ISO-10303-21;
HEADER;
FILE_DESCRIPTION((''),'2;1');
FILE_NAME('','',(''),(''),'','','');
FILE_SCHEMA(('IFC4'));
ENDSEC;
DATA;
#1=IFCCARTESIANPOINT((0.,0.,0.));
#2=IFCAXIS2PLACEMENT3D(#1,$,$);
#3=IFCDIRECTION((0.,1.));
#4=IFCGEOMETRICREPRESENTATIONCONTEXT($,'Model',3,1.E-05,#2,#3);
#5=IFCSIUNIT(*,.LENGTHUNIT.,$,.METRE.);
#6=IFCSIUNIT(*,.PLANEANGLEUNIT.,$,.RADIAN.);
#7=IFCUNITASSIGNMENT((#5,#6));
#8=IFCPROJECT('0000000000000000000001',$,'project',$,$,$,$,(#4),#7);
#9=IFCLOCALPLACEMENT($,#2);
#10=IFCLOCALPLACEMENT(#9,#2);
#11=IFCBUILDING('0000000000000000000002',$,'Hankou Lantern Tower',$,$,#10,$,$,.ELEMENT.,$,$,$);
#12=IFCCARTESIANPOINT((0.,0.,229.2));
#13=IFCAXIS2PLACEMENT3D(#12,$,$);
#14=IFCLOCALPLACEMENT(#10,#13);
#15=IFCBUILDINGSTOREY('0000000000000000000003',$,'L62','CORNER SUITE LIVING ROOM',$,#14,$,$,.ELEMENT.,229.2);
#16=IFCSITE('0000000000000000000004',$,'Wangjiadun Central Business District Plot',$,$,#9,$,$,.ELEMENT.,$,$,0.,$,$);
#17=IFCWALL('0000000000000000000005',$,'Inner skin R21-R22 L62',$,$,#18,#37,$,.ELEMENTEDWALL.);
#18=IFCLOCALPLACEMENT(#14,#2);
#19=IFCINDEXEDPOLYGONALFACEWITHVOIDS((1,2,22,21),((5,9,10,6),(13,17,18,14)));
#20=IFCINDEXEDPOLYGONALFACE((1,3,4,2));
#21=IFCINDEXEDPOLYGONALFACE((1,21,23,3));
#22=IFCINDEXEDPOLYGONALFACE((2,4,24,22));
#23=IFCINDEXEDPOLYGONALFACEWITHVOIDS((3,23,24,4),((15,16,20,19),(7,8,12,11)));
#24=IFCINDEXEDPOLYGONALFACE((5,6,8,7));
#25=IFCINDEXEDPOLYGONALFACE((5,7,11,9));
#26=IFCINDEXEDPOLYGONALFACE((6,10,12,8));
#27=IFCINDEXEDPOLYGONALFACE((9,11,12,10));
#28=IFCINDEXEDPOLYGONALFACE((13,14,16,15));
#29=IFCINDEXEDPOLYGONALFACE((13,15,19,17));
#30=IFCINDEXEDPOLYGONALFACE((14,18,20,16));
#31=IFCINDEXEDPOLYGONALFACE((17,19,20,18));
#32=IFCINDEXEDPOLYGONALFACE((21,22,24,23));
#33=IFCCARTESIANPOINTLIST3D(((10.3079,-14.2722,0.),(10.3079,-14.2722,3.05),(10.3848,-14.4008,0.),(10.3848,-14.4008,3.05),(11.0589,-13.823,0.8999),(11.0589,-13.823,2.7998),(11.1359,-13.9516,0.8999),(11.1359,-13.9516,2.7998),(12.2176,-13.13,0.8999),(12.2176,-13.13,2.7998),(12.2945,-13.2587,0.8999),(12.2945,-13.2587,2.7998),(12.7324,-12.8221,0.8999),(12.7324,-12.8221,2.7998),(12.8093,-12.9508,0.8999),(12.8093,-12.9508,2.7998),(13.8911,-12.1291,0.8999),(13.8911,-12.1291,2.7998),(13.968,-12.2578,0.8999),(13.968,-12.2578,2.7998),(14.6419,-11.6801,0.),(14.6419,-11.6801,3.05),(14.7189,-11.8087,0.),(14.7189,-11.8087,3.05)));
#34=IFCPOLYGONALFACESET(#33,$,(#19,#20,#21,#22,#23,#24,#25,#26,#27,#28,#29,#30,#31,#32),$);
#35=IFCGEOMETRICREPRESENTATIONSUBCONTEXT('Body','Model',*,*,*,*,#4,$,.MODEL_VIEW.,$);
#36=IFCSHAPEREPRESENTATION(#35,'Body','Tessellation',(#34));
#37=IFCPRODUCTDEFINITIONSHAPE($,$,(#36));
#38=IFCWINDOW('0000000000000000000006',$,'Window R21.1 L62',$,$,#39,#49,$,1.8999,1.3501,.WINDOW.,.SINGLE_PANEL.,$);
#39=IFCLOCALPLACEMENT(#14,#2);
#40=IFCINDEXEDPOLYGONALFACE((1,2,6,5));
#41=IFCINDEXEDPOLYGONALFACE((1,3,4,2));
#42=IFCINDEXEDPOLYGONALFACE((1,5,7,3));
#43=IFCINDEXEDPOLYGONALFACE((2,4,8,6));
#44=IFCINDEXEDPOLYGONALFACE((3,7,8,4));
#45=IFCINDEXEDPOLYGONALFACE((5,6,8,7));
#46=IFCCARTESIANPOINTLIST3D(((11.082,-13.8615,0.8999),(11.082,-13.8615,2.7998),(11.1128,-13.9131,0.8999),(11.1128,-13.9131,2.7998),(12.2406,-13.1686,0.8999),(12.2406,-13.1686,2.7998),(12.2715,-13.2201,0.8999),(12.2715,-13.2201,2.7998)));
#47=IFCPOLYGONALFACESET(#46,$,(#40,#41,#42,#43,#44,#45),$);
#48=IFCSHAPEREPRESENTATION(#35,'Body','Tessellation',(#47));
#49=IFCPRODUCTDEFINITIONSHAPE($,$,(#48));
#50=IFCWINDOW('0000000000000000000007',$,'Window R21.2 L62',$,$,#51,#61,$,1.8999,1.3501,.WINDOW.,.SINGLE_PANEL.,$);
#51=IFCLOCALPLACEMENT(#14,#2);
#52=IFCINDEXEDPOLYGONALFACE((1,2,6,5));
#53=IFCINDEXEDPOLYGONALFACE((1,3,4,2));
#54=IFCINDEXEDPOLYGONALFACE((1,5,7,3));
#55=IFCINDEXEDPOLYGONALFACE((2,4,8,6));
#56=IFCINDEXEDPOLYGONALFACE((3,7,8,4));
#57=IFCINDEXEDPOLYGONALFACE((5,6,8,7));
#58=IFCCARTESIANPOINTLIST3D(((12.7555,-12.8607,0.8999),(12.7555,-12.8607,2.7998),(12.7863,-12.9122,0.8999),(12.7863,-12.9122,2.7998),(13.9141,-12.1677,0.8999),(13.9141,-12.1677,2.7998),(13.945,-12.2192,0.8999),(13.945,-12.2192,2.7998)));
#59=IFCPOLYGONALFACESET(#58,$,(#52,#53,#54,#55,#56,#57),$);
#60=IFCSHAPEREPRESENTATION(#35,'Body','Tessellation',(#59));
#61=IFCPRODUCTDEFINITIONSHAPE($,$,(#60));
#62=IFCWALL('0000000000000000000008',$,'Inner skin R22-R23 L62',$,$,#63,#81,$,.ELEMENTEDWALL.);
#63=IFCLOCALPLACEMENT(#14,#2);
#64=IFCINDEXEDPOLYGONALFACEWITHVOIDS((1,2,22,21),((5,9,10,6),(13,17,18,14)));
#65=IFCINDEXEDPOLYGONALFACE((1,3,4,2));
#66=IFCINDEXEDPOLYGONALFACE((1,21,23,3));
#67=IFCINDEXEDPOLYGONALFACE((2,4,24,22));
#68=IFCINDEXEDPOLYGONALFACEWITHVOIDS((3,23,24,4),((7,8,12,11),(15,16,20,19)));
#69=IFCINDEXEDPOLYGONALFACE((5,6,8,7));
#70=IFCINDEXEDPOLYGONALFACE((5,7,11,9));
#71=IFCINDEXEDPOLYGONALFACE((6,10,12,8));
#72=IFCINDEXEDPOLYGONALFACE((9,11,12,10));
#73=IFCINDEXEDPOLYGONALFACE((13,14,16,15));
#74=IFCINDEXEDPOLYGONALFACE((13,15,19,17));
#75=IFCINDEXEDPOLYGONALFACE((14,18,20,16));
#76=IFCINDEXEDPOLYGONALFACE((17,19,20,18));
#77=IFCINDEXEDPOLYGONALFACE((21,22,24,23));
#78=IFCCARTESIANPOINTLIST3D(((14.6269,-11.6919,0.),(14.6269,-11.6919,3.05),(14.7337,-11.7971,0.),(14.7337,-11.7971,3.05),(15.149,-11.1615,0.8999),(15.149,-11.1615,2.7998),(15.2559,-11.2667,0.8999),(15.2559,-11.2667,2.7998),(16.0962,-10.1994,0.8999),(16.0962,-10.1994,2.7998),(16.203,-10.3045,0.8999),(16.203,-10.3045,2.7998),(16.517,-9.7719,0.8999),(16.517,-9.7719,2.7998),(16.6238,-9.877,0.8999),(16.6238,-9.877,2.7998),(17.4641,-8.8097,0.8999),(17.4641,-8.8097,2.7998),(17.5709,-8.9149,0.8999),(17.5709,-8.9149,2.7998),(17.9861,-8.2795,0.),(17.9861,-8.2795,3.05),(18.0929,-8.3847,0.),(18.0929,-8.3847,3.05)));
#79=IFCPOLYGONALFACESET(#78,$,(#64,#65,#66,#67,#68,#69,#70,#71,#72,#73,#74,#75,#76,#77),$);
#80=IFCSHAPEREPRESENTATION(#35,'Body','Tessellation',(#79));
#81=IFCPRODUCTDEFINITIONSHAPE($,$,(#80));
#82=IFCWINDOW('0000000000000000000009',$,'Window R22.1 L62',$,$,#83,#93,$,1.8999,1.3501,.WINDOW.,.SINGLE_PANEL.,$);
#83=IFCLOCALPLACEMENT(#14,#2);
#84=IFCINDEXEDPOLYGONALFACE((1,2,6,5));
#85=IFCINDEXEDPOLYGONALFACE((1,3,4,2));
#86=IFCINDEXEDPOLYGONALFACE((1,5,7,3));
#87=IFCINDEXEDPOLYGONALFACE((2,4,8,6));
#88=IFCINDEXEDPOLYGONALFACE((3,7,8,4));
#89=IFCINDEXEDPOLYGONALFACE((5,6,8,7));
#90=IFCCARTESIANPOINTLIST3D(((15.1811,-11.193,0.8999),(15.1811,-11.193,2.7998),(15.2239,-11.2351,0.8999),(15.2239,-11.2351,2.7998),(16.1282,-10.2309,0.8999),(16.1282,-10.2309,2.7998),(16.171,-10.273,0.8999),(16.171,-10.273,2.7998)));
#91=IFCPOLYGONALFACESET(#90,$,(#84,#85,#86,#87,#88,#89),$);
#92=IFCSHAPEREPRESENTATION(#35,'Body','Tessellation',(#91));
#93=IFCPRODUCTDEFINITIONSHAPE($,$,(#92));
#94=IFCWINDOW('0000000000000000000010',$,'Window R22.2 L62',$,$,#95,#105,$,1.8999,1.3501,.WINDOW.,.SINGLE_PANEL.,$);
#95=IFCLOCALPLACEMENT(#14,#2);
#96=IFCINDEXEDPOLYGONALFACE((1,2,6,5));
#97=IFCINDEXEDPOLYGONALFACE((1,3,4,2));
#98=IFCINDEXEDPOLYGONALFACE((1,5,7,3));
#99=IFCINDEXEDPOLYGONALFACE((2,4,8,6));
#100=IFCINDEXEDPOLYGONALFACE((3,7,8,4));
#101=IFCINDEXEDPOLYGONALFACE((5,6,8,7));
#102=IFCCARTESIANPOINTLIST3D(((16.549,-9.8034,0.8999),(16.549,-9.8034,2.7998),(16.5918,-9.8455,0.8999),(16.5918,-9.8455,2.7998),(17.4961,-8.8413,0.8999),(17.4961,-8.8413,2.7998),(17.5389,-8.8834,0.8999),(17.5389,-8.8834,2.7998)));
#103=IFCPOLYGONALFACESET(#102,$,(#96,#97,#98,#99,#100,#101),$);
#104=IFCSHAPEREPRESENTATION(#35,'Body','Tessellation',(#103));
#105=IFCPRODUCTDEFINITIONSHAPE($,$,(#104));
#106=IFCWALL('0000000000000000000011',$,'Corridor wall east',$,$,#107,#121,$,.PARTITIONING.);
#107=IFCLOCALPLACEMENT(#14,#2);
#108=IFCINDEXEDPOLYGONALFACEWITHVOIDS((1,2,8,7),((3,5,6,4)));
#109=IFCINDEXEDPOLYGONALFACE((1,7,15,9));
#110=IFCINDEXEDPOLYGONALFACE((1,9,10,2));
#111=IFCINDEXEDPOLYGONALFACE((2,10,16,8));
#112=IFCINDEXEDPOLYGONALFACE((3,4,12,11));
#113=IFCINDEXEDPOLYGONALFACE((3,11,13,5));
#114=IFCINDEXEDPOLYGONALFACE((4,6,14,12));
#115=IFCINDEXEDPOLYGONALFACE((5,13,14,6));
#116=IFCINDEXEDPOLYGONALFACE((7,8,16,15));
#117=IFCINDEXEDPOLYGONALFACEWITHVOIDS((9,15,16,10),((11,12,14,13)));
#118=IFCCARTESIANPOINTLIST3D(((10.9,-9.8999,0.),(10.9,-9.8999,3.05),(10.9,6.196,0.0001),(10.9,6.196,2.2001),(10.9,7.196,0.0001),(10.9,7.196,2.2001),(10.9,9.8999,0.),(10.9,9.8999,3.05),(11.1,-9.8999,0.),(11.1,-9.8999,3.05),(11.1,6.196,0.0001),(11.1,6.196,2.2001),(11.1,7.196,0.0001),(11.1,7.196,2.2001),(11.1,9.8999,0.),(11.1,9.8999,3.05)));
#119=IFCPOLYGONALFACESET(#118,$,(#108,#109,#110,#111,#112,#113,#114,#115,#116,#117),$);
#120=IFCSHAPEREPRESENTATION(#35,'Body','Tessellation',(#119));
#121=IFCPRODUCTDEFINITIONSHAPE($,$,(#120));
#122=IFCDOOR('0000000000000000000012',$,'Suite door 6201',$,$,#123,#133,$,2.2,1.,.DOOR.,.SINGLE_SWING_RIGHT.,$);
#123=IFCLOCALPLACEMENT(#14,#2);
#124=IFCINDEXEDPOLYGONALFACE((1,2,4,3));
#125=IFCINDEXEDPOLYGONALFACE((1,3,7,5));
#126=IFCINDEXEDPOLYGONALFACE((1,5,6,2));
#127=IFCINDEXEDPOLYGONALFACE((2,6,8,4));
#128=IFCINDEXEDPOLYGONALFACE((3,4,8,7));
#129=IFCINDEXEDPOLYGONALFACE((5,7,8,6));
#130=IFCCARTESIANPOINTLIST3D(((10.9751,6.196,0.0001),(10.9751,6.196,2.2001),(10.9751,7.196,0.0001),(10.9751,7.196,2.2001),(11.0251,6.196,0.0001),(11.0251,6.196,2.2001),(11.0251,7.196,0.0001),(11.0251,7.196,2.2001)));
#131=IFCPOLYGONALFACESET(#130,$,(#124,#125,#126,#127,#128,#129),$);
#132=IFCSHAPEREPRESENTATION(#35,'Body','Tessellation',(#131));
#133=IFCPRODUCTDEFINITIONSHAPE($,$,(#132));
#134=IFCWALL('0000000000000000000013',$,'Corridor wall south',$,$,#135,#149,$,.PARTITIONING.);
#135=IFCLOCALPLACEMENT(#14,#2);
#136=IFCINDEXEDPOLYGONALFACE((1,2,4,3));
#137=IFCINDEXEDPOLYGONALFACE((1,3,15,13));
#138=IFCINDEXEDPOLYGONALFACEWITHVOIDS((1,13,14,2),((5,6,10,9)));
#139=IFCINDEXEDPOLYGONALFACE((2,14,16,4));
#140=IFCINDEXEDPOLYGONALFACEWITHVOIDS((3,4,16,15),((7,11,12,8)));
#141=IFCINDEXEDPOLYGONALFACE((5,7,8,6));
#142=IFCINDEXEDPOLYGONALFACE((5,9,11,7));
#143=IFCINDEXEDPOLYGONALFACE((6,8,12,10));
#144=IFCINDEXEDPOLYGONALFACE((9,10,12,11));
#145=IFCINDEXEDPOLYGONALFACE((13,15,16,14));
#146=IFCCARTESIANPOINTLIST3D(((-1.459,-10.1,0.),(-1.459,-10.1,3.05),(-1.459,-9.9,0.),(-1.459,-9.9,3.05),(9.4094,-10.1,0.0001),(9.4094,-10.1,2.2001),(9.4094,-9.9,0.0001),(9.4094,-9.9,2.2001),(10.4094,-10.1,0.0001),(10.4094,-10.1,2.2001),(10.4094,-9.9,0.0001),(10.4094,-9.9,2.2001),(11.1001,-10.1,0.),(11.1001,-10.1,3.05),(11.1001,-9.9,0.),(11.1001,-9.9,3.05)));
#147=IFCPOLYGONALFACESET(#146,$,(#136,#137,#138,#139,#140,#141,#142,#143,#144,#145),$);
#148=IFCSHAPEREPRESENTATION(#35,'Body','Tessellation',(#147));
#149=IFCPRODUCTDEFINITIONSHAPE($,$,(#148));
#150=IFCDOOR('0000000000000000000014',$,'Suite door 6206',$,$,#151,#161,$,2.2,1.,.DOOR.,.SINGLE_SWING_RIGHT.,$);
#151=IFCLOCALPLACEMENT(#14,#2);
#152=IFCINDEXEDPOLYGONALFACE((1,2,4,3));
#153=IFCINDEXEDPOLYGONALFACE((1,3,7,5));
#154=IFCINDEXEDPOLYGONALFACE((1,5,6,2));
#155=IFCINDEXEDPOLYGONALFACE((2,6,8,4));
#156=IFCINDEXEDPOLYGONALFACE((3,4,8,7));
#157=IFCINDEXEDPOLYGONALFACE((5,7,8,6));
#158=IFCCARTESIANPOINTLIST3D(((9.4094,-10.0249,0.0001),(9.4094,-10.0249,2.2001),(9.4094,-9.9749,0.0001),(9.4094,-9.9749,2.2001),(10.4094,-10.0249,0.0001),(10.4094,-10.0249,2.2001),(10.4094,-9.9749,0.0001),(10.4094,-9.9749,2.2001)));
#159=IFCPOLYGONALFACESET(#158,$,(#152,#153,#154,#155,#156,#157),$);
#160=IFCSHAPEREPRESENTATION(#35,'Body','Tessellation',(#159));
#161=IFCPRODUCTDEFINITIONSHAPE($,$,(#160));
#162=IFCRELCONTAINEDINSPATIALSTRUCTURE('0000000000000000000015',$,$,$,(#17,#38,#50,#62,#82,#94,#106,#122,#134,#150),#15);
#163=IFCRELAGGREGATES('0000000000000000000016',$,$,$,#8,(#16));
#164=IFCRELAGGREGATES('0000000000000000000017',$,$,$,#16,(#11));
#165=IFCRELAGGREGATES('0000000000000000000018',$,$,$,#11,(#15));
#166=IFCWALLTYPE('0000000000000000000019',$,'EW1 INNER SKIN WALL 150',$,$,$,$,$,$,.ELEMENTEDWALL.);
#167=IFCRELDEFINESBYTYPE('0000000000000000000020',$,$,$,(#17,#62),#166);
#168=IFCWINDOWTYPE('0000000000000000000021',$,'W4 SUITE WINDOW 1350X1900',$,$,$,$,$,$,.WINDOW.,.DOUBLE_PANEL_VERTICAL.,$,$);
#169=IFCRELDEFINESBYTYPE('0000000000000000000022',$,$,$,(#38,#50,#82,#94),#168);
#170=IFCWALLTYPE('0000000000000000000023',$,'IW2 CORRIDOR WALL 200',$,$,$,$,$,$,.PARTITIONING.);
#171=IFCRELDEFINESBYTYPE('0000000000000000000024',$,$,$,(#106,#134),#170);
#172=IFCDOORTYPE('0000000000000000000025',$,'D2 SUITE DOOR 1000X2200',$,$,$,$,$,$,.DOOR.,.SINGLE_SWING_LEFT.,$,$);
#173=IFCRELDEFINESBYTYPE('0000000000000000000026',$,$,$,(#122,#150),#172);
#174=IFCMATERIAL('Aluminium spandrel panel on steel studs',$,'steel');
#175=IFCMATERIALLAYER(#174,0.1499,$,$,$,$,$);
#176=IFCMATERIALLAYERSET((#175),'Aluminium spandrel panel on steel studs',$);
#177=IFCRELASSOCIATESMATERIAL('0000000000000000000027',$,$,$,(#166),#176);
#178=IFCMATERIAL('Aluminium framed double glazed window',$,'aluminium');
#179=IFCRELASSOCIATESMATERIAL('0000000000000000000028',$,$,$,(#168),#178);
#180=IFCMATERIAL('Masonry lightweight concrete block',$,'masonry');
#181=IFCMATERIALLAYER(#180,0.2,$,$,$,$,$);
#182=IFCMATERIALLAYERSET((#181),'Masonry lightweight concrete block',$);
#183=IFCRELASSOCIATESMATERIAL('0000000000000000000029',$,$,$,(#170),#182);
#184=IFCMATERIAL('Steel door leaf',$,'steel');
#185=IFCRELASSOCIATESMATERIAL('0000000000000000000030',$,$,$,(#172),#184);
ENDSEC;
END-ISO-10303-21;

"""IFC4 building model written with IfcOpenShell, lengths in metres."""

from ifc_helpers import new_model, si_unit, direction, frame, frame_2d, origin, place, context, subcontext, project, spatial, rectangle, extrude, material, layer, layer_set, type_object, element, fill, save


model = new_model("IFC4")

# Units and contexts
model_context = context("Model", 3, precision=1e-05, world=origin(), true_north=direction((0.0, 1.0)))
body_context = subcontext(model_context, "Body", "Model", "MODEL_VIEW")
ifc_project = project(units=[si_unit("LENGTHUNIT", "METRE"), si_unit("PLANEANGLEUNIT", "RADIAN")], contexts=[model_context])

# Site, building, storey
site_placement = place(None, origin())
site = spatial("IfcSite", under=ifc_project, at=site_placement, Name="Wangjiadun Central Business District Plot", CompositionType="ELEMENT", RefElevation=0.0)
building_placement = place(site_placement, origin())
building = spatial("IfcBuilding", under=site, at=building_placement, Name="Hankou Lantern Tower", CompositionType="ELEMENT")
storey_placement = place(building_placement, frame((0.0, 0.0, 229.2)))
storey = spatial("IfcBuildingStorey", under=building, at=storey_placement, Name="L62", Description="CORNER SUITE LIVING ROOM", CompositionType="ELEMENT", Elevation=229.2)

# Walls, openings, windows
ifc_material_1 = material(Name="Aluminium spandrel panel on steel studs", Category="steel")
ifc_layer_1 = layer(ifc_material_1, 0.1499)
ifc_layer_set_1 = layer_set([ifc_layer_1], Name="Aluminium spandrel panel on steel studs")
wall_type_1 = type_object("IfcWallType", Name="EW1 INNER SKIN WALL 150", PredefinedType="ELEMENTEDWALL", material=ifc_layer_set_1)
wall_1_placement = place(storey_placement, frame((10.3464, -14.3364, 0.0), z_axis=(0.0, 0.0, 1.0), x_axis=(0.858222, 0.51328, 0.0)))
wall_1 = element("IfcWall", 1, at=wall_1_placement, inside=storey, type_object=wall_type_1, Name="Inner skin R21-R22 L62", PredefinedType="ELEMENTEDWALL", context=body_context, shape_type="SweptSolid", body=[
    extrude(rectangle(XDim=5.05, YDim=0.1499, at=frame_2d((2.5249, 0.0))), origin(), (0.0, 0.0, 1.0), 3.05),
])
opening_1_placement = place(wall_1_placement, frame((0.875, 0.0, 0.8999)))
opening_1 = element("IfcOpeningElement", 2, at=opening_1_placement, cuts=wall_1, PredefinedType="OPENING", context=body_context, shape_type="SweptSolid", body=[
    extrude(rectangle(XDim=1.3501, YDim=1.8999, at=frame_2d((0.675, 0.95))), frame((0.0, 0.085, 0.0), z_axis=(0.0, -1.0, 0.0), x_axis=(1.0, 0.0, 0.0)), (0.0, 0.0, 1.0), 0.1699),
])
opening_2_placement = place(wall_1_placement, frame((2.825, 0.0, 0.8999)))
opening_2 = element("IfcOpeningElement", 3, at=opening_2_placement, cuts=wall_1, PredefinedType="OPENING", context=body_context, shape_type="SweptSolid", body=[
    extrude(rectangle(XDim=1.3501, YDim=1.8999, at=frame_2d((0.675, 0.95))), frame((0.0, 0.085, 0.0), z_axis=(0.0, -1.0, 0.0), x_axis=(1.0, 0.0, 0.0)), (0.0, 0.0, 1.0), 0.1699),
])
ifc_material_2 = material(Name="Aluminium framed double glazed window", Category="aluminium")
window_type = type_object("IfcWindowType", Name="W4 SUITE WINDOW 1350X1900", PartitioningType="DOUBLE_PANEL_VERTICAL", PredefinedType="WINDOW", material=ifc_material_2)
window_1_placement = place(opening_1_placement, origin())
window_1 = element("IfcWindow", 4, at=window_1_placement, inside=storey, type_object=window_type, Name="Window R21.1 L62", OverallHeight=1.8999, OverallWidth=1.3501, PartitioningType="SINGLE_PANEL", PredefinedType="WINDOW", context=body_context, shape_type="SweptSolid", body=[
    extrude(rectangle(XDim=1.3501, YDim=1.8999, at=frame_2d((0.675, 0.95))), frame((0.0, 0.03, 0.0), z_axis=(0.0, -1.0, 0.0), x_axis=(1.0, 0.0, 0.0)), (0.0, 0.0, 1.0), 0.0601),
])
fill(opening_1, window_1)
window_2_placement = place(opening_2_placement, origin())
window_2 = element("IfcWindow", 5, at=window_2_placement, inside=storey, type_object=window_type, Name="Window R21.2 L62", OverallHeight=1.8999, OverallWidth=1.3501, PartitioningType="SINGLE_PANEL", PredefinedType="WINDOW", context=body_context, shape_type="SweptSolid", body=[
    extrude(rectangle(XDim=1.3501, YDim=1.8999, at=frame_2d((0.675, 0.95))), frame((0.0, 0.03, 0.0), z_axis=(0.0, -1.0, 0.0), x_axis=(1.0, 0.0, 0.0)), (0.0, 0.0, 1.0), 0.0601),
])
fill(opening_2, window_2)
wall_2_placement = place(storey_placement, frame((14.6804, -11.7444, 0.0), z_axis=(0.0, 0.0, 1.0), x_axis=(0.701527, 0.712643, 0.0)))
wall_2 = element("IfcWall", 6, at=wall_2_placement, inside=storey, type_object=wall_type_1, Name="Inner skin R22-R23 L62", PredefinedType="ELEMENTEDWALL", context=body_context, shape_type="SweptSolid", body=[
    extrude(rectangle(XDim=4.7883, YDim=0.1499, at=frame_2d((2.394, 0.0))), origin(), (0.0, 0.0, 1.0), 3.05),
])
opening_3_placement = place(wall_2_placement, frame((0.7441, 0.0, 0.8999)))
opening_3 = element("IfcOpeningElement", 7, at=opening_3_placement, cuts=wall_2, PredefinedType="OPENING", context=body_context, shape_type="SweptSolid", body=[
    extrude(rectangle(XDim=1.3501, YDim=1.8999, at=frame_2d((0.675, 0.95))), frame((0.0, 0.085, 0.0), z_axis=(0.0, -1.0, 0.0), x_axis=(1.0, 0.0, 0.0)), (0.0, 0.0, 1.0), 0.1699),
])
opening_4_placement = place(wall_2_placement, frame((2.6941, 0.0, 0.8999)))
opening_4 = element("IfcOpeningElement", 8, at=opening_4_placement, cuts=wall_2, PredefinedType="OPENING", context=body_context, shape_type="SweptSolid", body=[
    extrude(rectangle(XDim=1.3501, YDim=1.8999, at=frame_2d((0.675, 0.95))), frame((0.0, 0.085, 0.0), z_axis=(0.0, -1.0, 0.0), x_axis=(1.0, 0.0, 0.0)), (0.0, 0.0, 1.0), 0.1699),
])
window_3_placement = place(opening_3_placement, origin())
window_3 = element("IfcWindow", 9, at=window_3_placement, inside=storey, type_object=window_type, Name="Window R22.1 L62", OverallHeight=1.8999, OverallWidth=1.3501, PartitioningType="SINGLE_PANEL", PredefinedType="WINDOW", context=body_context, shape_type="SweptSolid", body=[
    extrude(rectangle(XDim=1.3501, YDim=1.8999, at=frame_2d((0.675, 0.95))), frame((0.0, 0.03, 0.0), z_axis=(0.0, -1.0, 0.0), x_axis=(1.0, 0.0, 0.0)), (0.0, 0.0, 1.0), 0.0601),
])
fill(opening_3, window_3)
window_4_placement = place(opening_4_placement, origin())
window_4 = element("IfcWindow", 10, at=window_4_placement, inside=storey, type_object=window_type, Name="Window R22.2 L62", OverallHeight=1.8999, OverallWidth=1.3501, PartitioningType="SINGLE_PANEL", PredefinedType="WINDOW", context=body_context, shape_type="SweptSolid", body=[
    extrude(rectangle(XDim=1.3501, YDim=1.8999, at=frame_2d((0.675, 0.95))), frame((0.0, 0.03, 0.0), z_axis=(0.0, -1.0, 0.0), x_axis=(1.0, 0.0, 0.0)), (0.0, 0.0, 1.0), 0.0601),
])
fill(opening_4, window_4)

# Walls, openings, doors
ifc_material_3 = material(Name="Masonry lightweight concrete block", Category="masonry")
ifc_layer_2 = layer(ifc_material_3, 0.2)
ifc_layer_set_2 = layer_set([ifc_layer_2], Name="Masonry lightweight concrete block")
wall_type_2 = type_object("IfcWallType", Name="IW2 CORRIDOR WALL 200", PredefinedType="PARTITIONING", material=ifc_layer_set_2)
wall_3_placement = place(storey_placement, frame((11.0, -9.8999, 0.0), z_axis=(0.0, 0.0, 1.0), x_axis=(0.0, 1.0, 0.0)))
wall_3 = element("IfcWall", 11, at=wall_3_placement, inside=storey, type_object=wall_type_2, Name="Corridor wall east", PredefinedType="PARTITIONING", context=body_context, shape_type="SweptSolid", body=[
    extrude(rectangle(XDim=19.7998, YDim=0.2, at=frame_2d((9.8999, 0.0))), origin(), (0.0, 0.0, 1.0), 3.05),
])
opening_5_placement = place(wall_3_placement, frame((16.0959, 0.0, 0.0)))
opening_5 = element("IfcOpeningElement", 12, at=opening_5_placement, cuts=wall_3, PredefinedType="OPENING", context=body_context, shape_type="SweptSolid", body=[
    extrude(rectangle(XDim=1.0, YDim=2.2, at=frame_2d((0.5, 1.1001))), frame((0.0, 0.1099, 0.0), z_axis=(0.0, -1.0, 0.0), x_axis=(1.0, 0.0, 0.0)), (0.0, 0.0, 1.0), 0.22),
])
ifc_material_4 = material(Name="Steel door leaf", Category="steel")
door_type_1 = type_object("IfcDoorType", Name="D2 SUITE DOOR 1000X2200", OperationType="SINGLE_SWING_LEFT", PredefinedType="DOOR", material=ifc_material_4)
door_1_placement = place(opening_5_placement, origin())
door_1 = element("IfcDoor", 13, at=door_1_placement, inside=storey, type_object=door_type_1, Name="Suite door 6201", OperationType="SINGLE_SWING_RIGHT", OverallHeight=2.2, OverallWidth=1.0, PredefinedType="DOOR", context=body_context, shape_type="SweptSolid", body=[
    extrude(rectangle(XDim=1.0, YDim=2.2, at=frame_2d((0.5, 1.1001))), frame((0.0, 0.0249, 0.0), z_axis=(0.0, -1.0, 0.0), x_axis=(1.0, 0.0, 0.0)), (0.0, 0.0, 1.0), 0.05),
])
fill(opening_5, door_1)
wall_4_placement = place(storey_placement, frame((11.1001, -10.0, 0.0), z_axis=(0.0, 0.0, 1.0), x_axis=(-1.0, 0.0, 0.0)))
wall_4 = element("IfcWall", 14, at=wall_4_placement, inside=storey, type_object=wall_type_2, Name="Corridor wall south", PredefinedType="PARTITIONING", context=body_context, shape_type="SweptSolid", body=[
    extrude(rectangle(XDim=12.5591, YDim=0.2, at=frame_2d((6.2795, 0.0))), origin(), (0.0, 0.0, 1.0), 3.05),
])
opening_6_placement = place(wall_4_placement, frame((0.6907, 0.0, 0.0)))
opening_6 = element("IfcOpeningElement", 15, at=opening_6_placement, cuts=wall_4, PredefinedType="OPENING", context=body_context, shape_type="SweptSolid", body=[
    extrude(rectangle(XDim=1.0, YDim=2.2, at=frame_2d((0.5, 1.1001))), frame((0.0, 0.1099, 0.0), z_axis=(0.0, -1.0, 0.0), x_axis=(1.0, 0.0, 0.0)), (0.0, 0.0, 1.0), 0.22),
])
door_2_placement = place(opening_6_placement, origin())
door_2 = element("IfcDoor", 16, at=door_2_placement, inside=storey, type_object=door_type_1, Name="Suite door 6206", OperationType="SINGLE_SWING_RIGHT", OverallHeight=2.2, OverallWidth=1.0, PredefinedType="DOOR", context=body_context, shape_type="SweptSolid", body=[
    extrude(rectangle(XDim=1.0, YDim=2.2, at=frame_2d((0.5, 1.1001))), frame((0.0, 0.0249, 0.0), z_axis=(0.0, -1.0, 0.0), x_axis=(1.0, 0.0, 0.0)), (0.0, 0.0, 1.0), 0.05),
])
fill(opening_6, door_2)

save(model, "model.ifc")
